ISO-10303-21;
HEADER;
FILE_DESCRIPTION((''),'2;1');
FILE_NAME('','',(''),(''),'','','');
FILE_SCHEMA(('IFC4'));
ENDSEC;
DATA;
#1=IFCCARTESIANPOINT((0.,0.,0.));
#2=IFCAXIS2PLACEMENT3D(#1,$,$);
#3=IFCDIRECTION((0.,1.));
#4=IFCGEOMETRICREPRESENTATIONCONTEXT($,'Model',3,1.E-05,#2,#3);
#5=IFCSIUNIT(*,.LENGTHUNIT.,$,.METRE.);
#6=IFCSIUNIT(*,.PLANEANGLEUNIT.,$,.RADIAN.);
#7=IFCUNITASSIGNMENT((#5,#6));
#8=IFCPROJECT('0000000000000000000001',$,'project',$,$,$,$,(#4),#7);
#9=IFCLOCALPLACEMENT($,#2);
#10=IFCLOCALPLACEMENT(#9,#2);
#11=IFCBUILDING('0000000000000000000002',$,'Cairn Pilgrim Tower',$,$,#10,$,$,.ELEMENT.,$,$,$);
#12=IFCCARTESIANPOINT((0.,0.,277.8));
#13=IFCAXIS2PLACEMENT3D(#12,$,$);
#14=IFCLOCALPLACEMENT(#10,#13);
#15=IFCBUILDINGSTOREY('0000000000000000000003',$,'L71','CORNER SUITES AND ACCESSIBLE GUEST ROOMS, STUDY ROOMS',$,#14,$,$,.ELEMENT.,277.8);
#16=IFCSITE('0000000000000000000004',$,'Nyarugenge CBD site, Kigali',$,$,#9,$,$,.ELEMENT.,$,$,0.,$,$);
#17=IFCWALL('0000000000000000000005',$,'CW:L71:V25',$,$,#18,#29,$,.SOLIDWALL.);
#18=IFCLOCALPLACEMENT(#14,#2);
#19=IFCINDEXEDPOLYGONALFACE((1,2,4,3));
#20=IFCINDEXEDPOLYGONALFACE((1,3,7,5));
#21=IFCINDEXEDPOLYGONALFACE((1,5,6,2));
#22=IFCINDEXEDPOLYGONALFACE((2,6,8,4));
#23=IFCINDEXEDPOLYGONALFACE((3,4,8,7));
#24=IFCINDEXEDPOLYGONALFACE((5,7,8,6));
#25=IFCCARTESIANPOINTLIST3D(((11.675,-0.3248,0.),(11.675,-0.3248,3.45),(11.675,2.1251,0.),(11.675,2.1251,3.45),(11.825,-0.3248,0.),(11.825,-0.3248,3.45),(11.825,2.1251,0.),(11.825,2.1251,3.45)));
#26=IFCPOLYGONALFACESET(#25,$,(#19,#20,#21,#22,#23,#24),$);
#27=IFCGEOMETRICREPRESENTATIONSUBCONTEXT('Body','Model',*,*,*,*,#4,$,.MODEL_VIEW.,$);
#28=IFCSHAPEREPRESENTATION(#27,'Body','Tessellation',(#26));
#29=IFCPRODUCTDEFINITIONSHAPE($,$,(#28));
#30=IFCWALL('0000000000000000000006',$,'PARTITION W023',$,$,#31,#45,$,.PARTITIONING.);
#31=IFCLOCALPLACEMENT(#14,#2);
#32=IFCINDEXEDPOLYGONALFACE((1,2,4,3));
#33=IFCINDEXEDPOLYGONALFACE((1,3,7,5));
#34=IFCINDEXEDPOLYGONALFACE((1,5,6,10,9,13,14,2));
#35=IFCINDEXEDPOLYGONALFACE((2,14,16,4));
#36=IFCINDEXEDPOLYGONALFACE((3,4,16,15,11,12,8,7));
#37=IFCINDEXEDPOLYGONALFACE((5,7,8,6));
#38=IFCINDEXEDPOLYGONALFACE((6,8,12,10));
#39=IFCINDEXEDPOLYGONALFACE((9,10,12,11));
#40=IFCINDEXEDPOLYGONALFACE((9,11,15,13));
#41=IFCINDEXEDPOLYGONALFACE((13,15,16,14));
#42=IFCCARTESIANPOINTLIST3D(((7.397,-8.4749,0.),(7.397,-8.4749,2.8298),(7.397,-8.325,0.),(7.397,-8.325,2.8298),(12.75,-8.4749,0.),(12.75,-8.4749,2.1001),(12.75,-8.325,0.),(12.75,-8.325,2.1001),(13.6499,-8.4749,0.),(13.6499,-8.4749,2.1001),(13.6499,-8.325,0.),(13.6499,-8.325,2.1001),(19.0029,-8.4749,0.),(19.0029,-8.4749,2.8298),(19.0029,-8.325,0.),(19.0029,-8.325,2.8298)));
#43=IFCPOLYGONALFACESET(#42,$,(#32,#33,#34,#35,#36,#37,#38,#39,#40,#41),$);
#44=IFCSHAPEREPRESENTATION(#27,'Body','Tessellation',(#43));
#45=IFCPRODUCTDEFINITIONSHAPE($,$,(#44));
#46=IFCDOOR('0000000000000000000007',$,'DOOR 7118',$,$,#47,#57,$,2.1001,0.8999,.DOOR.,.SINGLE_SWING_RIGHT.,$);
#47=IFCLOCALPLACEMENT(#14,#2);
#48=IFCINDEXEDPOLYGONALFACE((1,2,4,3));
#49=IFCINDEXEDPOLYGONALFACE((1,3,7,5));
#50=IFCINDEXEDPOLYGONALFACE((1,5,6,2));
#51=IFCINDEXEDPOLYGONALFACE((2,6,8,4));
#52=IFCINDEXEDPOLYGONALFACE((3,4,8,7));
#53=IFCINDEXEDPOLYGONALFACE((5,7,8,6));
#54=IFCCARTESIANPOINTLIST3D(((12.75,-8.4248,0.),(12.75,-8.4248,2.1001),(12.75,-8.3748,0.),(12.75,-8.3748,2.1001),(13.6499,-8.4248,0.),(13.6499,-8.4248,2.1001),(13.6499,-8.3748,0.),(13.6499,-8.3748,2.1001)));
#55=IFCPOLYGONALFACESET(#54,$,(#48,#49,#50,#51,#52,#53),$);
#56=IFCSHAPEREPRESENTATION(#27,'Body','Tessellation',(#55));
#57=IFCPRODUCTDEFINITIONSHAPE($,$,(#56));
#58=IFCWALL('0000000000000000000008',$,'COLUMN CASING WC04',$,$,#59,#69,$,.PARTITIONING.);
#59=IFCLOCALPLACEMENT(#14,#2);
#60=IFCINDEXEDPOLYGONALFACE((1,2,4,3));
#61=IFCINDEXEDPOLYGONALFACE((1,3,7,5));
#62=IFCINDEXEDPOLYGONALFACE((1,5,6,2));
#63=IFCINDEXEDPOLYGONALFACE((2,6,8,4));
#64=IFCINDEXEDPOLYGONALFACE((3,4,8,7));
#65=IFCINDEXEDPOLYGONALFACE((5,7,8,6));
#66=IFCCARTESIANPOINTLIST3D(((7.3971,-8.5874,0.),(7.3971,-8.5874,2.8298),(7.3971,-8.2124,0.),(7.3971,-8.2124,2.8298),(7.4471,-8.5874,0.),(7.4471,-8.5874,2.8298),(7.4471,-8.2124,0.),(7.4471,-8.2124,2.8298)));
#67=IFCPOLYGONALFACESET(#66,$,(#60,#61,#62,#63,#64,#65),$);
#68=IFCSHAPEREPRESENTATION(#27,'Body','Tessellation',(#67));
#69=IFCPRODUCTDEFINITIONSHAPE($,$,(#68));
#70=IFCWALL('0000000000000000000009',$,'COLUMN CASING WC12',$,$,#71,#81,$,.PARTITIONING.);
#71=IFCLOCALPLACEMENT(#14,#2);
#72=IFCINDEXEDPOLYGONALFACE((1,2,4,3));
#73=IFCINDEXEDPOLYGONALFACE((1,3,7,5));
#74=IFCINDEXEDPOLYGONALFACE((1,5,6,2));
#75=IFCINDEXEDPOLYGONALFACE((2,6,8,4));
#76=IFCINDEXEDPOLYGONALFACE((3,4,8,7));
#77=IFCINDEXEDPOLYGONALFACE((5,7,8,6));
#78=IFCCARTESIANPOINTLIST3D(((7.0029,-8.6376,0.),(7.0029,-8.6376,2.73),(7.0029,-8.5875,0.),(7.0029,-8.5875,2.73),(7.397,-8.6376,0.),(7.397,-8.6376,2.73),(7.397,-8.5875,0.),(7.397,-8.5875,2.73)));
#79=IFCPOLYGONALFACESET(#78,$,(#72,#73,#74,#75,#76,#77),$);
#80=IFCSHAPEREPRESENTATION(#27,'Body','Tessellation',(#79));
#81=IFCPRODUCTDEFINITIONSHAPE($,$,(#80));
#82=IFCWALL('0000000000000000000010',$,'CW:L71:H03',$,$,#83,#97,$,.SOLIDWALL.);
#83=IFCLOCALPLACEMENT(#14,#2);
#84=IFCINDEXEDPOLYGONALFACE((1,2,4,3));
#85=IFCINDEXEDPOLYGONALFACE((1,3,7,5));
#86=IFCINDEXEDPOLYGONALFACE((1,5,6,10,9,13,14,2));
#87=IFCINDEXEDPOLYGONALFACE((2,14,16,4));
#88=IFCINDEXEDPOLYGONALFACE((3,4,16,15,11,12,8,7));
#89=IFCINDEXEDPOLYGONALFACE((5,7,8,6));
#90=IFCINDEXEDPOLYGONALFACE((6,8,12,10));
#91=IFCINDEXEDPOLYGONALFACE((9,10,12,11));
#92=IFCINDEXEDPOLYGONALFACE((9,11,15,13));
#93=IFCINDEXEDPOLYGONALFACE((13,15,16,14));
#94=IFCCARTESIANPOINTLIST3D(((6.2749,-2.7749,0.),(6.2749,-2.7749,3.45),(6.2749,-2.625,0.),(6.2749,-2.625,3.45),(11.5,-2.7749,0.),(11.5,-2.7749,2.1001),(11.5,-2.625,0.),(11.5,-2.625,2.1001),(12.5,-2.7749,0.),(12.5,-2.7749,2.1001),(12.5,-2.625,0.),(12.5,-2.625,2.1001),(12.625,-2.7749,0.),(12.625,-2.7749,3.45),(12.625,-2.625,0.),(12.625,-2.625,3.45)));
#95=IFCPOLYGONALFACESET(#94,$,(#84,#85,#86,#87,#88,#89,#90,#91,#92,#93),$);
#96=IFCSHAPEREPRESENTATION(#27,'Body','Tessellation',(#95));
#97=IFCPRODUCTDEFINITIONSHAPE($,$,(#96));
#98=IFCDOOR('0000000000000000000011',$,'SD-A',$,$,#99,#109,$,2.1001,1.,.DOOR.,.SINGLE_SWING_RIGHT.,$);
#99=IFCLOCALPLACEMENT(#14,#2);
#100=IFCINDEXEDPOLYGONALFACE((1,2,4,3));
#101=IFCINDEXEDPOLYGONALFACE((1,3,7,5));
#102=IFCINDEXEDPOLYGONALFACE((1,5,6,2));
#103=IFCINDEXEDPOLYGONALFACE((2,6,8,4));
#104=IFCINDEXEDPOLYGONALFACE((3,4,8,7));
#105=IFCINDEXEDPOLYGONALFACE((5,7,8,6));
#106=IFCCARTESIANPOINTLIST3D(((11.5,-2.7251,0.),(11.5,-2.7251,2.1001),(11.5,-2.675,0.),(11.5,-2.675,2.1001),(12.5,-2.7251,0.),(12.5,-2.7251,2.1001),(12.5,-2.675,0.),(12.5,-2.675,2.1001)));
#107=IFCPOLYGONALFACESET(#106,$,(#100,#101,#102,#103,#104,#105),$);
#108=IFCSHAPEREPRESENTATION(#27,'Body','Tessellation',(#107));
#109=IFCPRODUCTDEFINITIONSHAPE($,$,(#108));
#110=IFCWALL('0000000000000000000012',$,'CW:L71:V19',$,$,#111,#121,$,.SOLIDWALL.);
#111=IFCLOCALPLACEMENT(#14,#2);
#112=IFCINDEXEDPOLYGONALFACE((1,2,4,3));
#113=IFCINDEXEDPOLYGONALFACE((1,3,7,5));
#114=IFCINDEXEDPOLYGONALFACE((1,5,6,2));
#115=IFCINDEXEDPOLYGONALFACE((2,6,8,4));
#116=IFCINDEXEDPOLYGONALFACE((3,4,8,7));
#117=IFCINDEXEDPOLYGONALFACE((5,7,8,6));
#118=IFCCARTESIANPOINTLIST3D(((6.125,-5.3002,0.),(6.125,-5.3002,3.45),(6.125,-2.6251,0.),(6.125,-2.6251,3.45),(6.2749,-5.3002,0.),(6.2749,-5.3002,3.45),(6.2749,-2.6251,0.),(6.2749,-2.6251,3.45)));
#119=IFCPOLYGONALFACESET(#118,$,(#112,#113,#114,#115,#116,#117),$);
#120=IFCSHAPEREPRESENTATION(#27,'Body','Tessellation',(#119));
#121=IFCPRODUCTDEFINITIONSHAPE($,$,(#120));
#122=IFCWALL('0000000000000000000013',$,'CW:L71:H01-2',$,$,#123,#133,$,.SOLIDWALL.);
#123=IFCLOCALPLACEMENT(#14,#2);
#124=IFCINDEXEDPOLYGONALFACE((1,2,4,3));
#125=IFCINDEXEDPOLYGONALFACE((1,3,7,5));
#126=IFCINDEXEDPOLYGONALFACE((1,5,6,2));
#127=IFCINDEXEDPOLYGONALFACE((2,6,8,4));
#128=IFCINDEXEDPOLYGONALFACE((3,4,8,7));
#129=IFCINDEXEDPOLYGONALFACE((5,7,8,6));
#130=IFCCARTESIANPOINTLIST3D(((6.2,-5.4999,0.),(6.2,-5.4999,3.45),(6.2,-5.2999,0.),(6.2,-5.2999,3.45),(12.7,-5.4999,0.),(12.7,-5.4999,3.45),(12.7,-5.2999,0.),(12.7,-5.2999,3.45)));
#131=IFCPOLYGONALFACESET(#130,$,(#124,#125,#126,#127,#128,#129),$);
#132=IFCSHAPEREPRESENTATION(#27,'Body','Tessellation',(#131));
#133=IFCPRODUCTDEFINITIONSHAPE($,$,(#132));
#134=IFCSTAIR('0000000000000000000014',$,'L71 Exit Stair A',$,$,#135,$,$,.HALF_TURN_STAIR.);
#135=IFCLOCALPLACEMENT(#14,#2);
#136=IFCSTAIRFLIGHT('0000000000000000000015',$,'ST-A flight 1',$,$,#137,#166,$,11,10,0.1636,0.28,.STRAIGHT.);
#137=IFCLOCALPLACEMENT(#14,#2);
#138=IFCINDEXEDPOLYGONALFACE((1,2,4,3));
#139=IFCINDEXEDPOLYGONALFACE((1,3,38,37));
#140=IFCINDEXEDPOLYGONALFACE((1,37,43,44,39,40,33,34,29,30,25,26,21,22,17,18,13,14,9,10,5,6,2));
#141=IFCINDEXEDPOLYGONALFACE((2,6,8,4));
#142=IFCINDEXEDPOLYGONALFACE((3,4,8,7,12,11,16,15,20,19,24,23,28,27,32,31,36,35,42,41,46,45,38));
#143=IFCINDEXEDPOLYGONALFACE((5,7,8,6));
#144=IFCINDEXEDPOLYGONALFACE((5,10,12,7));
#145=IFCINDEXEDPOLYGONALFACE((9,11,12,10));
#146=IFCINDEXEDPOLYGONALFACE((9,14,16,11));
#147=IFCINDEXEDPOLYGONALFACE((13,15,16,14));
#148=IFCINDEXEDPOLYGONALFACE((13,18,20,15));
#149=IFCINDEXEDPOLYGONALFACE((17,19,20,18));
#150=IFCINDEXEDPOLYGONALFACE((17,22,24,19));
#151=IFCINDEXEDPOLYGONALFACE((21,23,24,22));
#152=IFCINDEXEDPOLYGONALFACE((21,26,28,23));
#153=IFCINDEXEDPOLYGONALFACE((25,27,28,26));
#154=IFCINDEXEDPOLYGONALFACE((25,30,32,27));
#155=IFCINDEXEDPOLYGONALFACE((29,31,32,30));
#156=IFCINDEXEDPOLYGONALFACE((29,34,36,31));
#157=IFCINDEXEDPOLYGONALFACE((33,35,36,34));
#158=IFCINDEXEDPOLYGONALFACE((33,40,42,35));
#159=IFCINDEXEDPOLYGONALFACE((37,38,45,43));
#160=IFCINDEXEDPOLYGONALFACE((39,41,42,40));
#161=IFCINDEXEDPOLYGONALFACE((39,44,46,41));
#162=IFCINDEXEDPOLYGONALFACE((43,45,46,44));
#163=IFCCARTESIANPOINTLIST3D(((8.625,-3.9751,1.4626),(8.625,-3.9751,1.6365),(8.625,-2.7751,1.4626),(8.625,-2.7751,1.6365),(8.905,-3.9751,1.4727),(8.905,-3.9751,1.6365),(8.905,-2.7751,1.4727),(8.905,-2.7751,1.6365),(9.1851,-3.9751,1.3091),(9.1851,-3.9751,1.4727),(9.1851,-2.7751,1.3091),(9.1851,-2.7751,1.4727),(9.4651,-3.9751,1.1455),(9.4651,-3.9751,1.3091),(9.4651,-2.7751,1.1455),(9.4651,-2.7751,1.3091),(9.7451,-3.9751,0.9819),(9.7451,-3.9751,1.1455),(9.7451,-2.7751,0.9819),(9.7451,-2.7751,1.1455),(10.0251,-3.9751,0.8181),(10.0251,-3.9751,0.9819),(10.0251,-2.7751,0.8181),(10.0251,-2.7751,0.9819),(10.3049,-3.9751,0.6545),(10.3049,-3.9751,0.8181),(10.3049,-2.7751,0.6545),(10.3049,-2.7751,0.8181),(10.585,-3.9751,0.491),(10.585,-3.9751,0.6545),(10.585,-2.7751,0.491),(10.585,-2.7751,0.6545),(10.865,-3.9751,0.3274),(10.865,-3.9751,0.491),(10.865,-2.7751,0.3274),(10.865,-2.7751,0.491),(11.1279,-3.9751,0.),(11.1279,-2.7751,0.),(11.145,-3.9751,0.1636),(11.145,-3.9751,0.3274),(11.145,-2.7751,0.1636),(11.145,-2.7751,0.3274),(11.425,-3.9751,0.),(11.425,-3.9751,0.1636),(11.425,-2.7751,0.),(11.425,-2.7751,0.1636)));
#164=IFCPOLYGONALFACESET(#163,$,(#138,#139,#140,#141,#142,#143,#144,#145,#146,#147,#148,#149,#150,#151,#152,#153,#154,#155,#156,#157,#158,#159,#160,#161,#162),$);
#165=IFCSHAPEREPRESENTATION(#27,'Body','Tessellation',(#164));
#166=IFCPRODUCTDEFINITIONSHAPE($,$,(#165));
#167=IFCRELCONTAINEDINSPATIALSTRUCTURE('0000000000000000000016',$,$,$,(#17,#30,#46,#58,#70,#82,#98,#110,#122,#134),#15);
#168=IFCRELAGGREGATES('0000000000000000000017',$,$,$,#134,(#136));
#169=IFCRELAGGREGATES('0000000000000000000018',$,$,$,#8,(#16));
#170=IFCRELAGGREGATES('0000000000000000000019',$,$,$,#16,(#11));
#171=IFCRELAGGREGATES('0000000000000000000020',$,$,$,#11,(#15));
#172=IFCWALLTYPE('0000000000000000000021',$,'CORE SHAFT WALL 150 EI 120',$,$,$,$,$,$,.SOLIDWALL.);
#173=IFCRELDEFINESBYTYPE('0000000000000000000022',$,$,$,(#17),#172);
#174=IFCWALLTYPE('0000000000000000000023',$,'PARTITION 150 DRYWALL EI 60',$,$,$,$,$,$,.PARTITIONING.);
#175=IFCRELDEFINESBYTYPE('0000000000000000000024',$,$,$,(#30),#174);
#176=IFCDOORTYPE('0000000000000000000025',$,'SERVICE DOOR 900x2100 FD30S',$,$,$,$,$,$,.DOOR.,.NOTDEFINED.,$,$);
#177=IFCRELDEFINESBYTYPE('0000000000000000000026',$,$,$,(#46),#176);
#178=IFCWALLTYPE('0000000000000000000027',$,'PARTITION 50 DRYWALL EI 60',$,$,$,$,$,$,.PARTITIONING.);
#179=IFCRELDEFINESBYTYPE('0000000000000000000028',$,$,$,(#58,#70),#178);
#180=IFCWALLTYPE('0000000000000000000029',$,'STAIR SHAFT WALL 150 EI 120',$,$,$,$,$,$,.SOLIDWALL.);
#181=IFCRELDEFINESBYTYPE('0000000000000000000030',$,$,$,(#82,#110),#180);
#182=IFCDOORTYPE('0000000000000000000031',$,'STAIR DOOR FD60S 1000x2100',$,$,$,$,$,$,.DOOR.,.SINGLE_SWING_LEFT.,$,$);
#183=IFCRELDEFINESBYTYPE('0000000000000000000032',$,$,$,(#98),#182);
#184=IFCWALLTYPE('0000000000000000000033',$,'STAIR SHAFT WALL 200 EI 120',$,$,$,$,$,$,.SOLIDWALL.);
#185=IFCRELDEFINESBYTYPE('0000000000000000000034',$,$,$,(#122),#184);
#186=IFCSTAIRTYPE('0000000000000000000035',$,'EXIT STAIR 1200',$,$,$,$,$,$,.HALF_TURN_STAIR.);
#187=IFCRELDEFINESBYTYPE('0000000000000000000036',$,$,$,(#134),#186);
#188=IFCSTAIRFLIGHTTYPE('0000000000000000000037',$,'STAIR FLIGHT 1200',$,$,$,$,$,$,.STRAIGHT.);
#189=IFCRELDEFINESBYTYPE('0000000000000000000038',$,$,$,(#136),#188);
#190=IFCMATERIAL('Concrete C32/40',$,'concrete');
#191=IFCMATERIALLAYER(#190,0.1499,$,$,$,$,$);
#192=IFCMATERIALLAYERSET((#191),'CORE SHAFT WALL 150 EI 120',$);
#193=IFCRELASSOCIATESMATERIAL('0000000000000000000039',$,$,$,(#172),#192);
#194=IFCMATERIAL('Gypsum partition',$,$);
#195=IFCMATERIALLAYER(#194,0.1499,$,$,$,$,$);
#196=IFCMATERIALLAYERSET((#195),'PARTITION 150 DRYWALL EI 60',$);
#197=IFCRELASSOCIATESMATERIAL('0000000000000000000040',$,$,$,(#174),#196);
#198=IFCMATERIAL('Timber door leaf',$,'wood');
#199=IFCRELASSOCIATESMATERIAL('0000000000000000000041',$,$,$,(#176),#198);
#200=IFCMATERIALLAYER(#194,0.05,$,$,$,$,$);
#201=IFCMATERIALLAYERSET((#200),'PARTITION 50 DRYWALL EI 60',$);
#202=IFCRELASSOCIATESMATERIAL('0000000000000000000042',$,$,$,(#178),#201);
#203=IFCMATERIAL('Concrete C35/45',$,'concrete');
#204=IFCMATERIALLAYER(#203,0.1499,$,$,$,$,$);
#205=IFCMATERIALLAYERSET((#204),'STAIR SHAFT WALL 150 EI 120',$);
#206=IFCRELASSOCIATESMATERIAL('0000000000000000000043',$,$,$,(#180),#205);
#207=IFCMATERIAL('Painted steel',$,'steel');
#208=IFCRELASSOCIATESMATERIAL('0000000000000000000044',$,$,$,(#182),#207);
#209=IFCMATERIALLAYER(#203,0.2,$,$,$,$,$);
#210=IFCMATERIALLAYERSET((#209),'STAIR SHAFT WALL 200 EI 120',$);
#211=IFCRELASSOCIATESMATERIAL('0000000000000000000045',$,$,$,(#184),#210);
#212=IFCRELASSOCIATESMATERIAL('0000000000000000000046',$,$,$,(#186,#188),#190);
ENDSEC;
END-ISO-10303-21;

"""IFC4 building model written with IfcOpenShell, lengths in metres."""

from ifc_helpers import new_model, si_unit, direction, frame, frame_2d, origin, place, context, subcontext, project, spatial, polyline, rectangle, outline, extrude, material, layer, layer_set, type_object, element, fill, aggregate, save


model = new_model("IFC4")

# Units and contexts
model_context = context("Model", 3, precision=1e-05, world=origin(), true_north=direction((0.0, 1.0)))
body_context = subcontext(model_context, "Body", "Model", "MODEL_VIEW")
ifc_project = project(units=[si_unit("LENGTHUNIT", "METRE"), si_unit("PLANEANGLEUNIT", "RADIAN")], contexts=[model_context])

# Site, building, storey
site_placement = place(None, origin())
site = spatial("IfcSite", under=ifc_project, at=site_placement, Name="Nyarugenge CBD site, Kigali", CompositionType="ELEMENT", RefElevation=0.0)
building_placement = place(site_placement, origin())
building = spatial("IfcBuilding", under=site, at=building_placement, Name="Cairn Pilgrim Tower", CompositionType="ELEMENT")
storey_placement = place(building_placement, frame((0.0, 0.0, 277.8)))
storey = spatial("IfcBuildingStorey", under=building, at=storey_placement, Name="L71", Description="CORNER SUITES AND ACCESSIBLE GUEST ROOMS, STUDY ROOMS", CompositionType="ELEMENT", Elevation=277.8)

# Shared definitions
ifc_material_1 = material(Name="Concrete C32/40", Category="concrete")

# Shared definitions
ifc_layer_1 = layer(ifc_material_1, 0.1499)
ifc_layer_set_1 = layer_set([ifc_layer_1], Name="CORE SHAFT WALL 150 EI 120")
wall_type_1 = type_object("IfcWallType", Name="CORE SHAFT WALL 150 EI 120", PredefinedType="SOLIDWALL", material=ifc_layer_set_1)

# Wall
wall_1_placement = place(storey_placement, frame((11.75, -0.325, 0.0), z_axis=(0.0, 0.0, 1.0), x_axis=(0.0, 1.0, 0.0)))
element("IfcWall", 1, at=wall_1_placement, inside=storey, type_object=wall_type_1, Name="CW:L71:V25", PredefinedType="SOLIDWALL", context=body_context, shape_type="SweptSolid", body=[
    extrude(rectangle(XDim=2.45, YDim=0.1499, at=frame_2d((1.2251, 0.0))), origin(), (0.0, 0.0, 1.0), 3.45),
])

# Wall, opening, door
ifc_material_2 = material(Name="Gypsum partition")
ifc_layer_2 = layer(ifc_material_2, 0.1499)
ifc_layer_set_2 = layer_set([ifc_layer_2], Name="PARTITION 150 DRYWALL EI 60")
wall_type_2 = type_object("IfcWallType", Name="PARTITION 150 DRYWALL EI 60", PredefinedType="PARTITIONING", material=ifc_layer_set_2)
wall_2_placement = place(storey_placement, frame((7.397, -8.3999, 0.0), z_axis=(0.0, 0.0, 1.0), x_axis=(1.0, 0.0, 0.0)))
wall_2 = element("IfcWall", 2, at=wall_2_placement, inside=storey, type_object=wall_type_2, Name="PARTITION W023", PredefinedType="PARTITIONING", context=body_context, shape_type="SweptSolid", body=[
    extrude(rectangle(XDim=11.606, YDim=0.1499, at=frame_2d((5.803, 0.0))), origin(), (0.0, 0.0, 1.0), 2.8298),
])
opening_1_placement = place(wall_2_placement, frame((5.353, 0.0, 0.0)))
opening_1 = element("IfcOpeningElement", 3, at=opening_1_placement, cuts=wall_2, PredefinedType="OPENING", context=body_context, shape_type="SweptSolid", body=[
    extrude(rectangle(XDim=0.8999, YDim=2.1001, at=frame_2d((0.45, 1.05))), frame((0.0, 0.085, 0.0), z_axis=(0.0, -1.0, 0.0), x_axis=(1.0, 0.0, 0.0)), (0.0, 0.0, 1.0), 0.1699),
])
ifc_material_3 = material(Name="Timber door leaf", Category="wood")
door_type_1 = type_object("IfcDoorType", Name="SERVICE DOOR 900x2100 FD30S", OperationType="NOTDEFINED", PredefinedType="DOOR", material=ifc_material_3)
door_1_placement = place(opening_1_placement, frame((0.8999, 0.0, 0.0), z_axis=(0.0, 0.0, 1.0), x_axis=(-1.0, 0.0, 0.0)))
door_1 = element("IfcDoor", 4, at=door_1_placement, inside=storey, type_object=door_type_1, Name="DOOR 7118", OperationType="SINGLE_SWING_RIGHT", OverallHeight=2.1001, OverallWidth=0.8999, PredefinedType="DOOR", context=body_context, shape_type="SweptSolid", body=[
    extrude(rectangle(XDim=0.8999, YDim=2.1001, at=frame_2d((0.45, 1.05))), frame((0.0, 0.0249, 0.0), z_axis=(0.0, -1.0, 0.0), x_axis=(1.0, 0.0, 0.0)), (0.0, 0.0, 1.0), 0.05),
])
fill(opening_1, door_1)

# Walls
ifc_layer_3 = layer(ifc_material_2, 0.05)
ifc_layer_set_3 = layer_set([ifc_layer_3], Name="PARTITION 50 DRYWALL EI 60")
wall_type_3 = type_object("IfcWallType", Name="PARTITION 50 DRYWALL EI 60", PredefinedType="PARTITIONING", material=ifc_layer_set_3)
wall_3_placement = place(storey_placement, frame((7.4221, -8.5874, 0.0), z_axis=(0.0, 0.0, 1.0), x_axis=(0.0, 1.0, 0.0)))
element("IfcWall", 5, at=wall_3_placement, inside=storey, type_object=wall_type_3, Name="COLUMN CASING WC04", PredefinedType="PARTITIONING", context=body_context, shape_type="SweptSolid", body=[
    extrude(rectangle(XDim=0.375, YDim=0.05, at=frame_2d((0.1875, 0.0))), origin(), (0.0, 0.0, 1.0), 2.8298),
])
wall_4_placement = place(storey_placement, frame((7.0029, -8.6125, 0.0), z_axis=(0.0, 0.0, 1.0), x_axis=(1.0, 0.0, 0.0)))
element("IfcWall", 6, at=wall_4_placement, inside=storey, type_object=wall_type_3, Name="COLUMN CASING WC12", PredefinedType="PARTITIONING", context=body_context, shape_type="SweptSolid", body=[
    extrude(rectangle(XDim=0.394, YDim=0.05, at=frame_2d((0.197, 0.0))), origin(), (0.0, 0.0, 1.0), 2.73),
])

# Wall, opening, door
ifc_material_4 = material(Name="Concrete C35/45", Category="concrete")
ifc_layer_4 = layer(ifc_material_4, 0.1499)
ifc_layer_set_4 = layer_set([ifc_layer_4], Name="STAIR SHAFT WALL 150 EI 120")
wall_type_4 = type_object("IfcWallType", Name="STAIR SHAFT WALL 150 EI 120", PredefinedType="SOLIDWALL", material=ifc_layer_set_4)
wall_5_placement = place(storey_placement, frame((6.2749, -2.7, 0.0), z_axis=(0.0, 0.0, 1.0), x_axis=(1.0, 0.0, 0.0)))
wall_5 = element("IfcWall", 7, at=wall_5_placement, inside=storey, type_object=wall_type_4, Name="CW:L71:H03", PredefinedType="SOLIDWALL", context=body_context, shape_type="SweptSolid", body=[
    extrude(rectangle(XDim=6.3501, YDim=0.1499, at=frame_2d((3.175, 0.0))), origin(), (0.0, 0.0, 1.0), 3.45),
])
opening_2_placement = place(wall_5_placement, frame((5.2251, 0.0, 0.0)))
opening_2 = element("IfcOpeningElement", 8, at=opening_2_placement, cuts=wall_5, PredefinedType="OPENING", context=body_context, shape_type="SweptSolid", body=[
    extrude(rectangle(XDim=1.0, YDim=2.1001, at=frame_2d((0.5, 1.05))), frame((0.0, 0.085, 0.0), z_axis=(0.0, -1.0, 0.0), x_axis=(1.0, 0.0, 0.0)), (0.0, 0.0, 1.0), 0.1699),
])
ifc_material_5 = material(Name="Painted steel", Category="steel")
door_type_2 = type_object("IfcDoorType", Name="STAIR DOOR FD60S 1000x2100", OperationType="SINGLE_SWING_LEFT", PredefinedType="DOOR", material=ifc_material_5)
door_2_placement = place(opening_2_placement, origin())
door_2 = element("IfcDoor", 9, at=door_2_placement, inside=storey, type_object=door_type_2, Name="SD-A", OperationType="SINGLE_SWING_RIGHT", OverallHeight=2.1001, OverallWidth=1.0, PredefinedType="DOOR", context=body_context, shape_type="SweptSolid", body=[
    extrude(rectangle(XDim=1.0, YDim=2.1001, at=frame_2d((0.5, 1.05))), frame((0.0, 0.0249, 0.0), z_axis=(0.0, -1.0, 0.0), x_axis=(1.0, 0.0, 0.0)), (0.0, 0.0, 1.0), 0.05),
])
fill(opening_2, door_2)

# Walls
wall_6_placement = place(storey_placement, frame((6.2, -5.3, 0.0), z_axis=(0.0, 0.0, 1.0), x_axis=(0.0, 1.0, 0.0)))
element("IfcWall", 10, at=wall_6_placement, inside=storey, type_object=wall_type_4, Name="CW:L71:V19", PredefinedType="SOLIDWALL", context=body_context, shape_type="SweptSolid", body=[
    extrude(rectangle(XDim=2.675, YDim=0.1499, at=frame_2d((1.3374, 0.0))), origin(), (0.0, 0.0, 1.0), 3.45),
])
ifc_layer_5 = layer(ifc_material_4, 0.2)
ifc_layer_set_5 = layer_set([ifc_layer_5], Name="STAIR SHAFT WALL 200 EI 120")
wall_type_5 = type_object("IfcWallType", Name="STAIR SHAFT WALL 200 EI 120", PredefinedType="SOLIDWALL", material=ifc_layer_set_5)
wall_7_placement = place(storey_placement, frame((6.2, -5.3999, 0.0), z_axis=(0.0, 0.0, 1.0), x_axis=(1.0, 0.0, 0.0)))
element("IfcWall", 11, at=wall_7_placement, inside=storey, type_object=wall_type_5, Name="CW:L71:H01-2", PredefinedType="SOLIDWALL", context=body_context, shape_type="SweptSolid", body=[
    extrude(rectangle(XDim=6.5, YDim=0.2, at=frame_2d((3.25, 0.0))), origin(), (0.0, 0.0, 1.0), 3.45),
])

# Stair, stair flight
stair_type = type_object("IfcStairType", Name="EXIT STAIR 1200", PredefinedType="HALF_TURN_STAIR", material=ifc_material_1)
stair_placement = place(storey_placement, origin())
stair = element("IfcStair", 12, at=stair_placement, inside=storey, type_object=stair_type, Name="L71 Exit Stair A", PredefinedType="HALF_TURN_STAIR")
stair_flight_type = type_object("IfcStairFlightType", Name="STAIR FLIGHT 1200", PredefinedType="STRAIGHT", material=ifc_material_1)
stair_flight_1_placement = place(storey_placement, frame((11.425, -3.375, 0.0), z_axis=(0.0, 0.0, 1.0), x_axis=(-1.0, 0.0, 0.0)))
stair_flight_1 = element("IfcStairFlight", 13, at=stair_flight_1_placement, type_object=stair_flight_type, Name="ST-A flight 1", NumberOfRisers=11, NumberOfTreads=10, PredefinedType="STRAIGHT", RiserHeight=0.1636, TreadLength=0.28, context=body_context, shape_type="SweptSolid", body=[
    extrude(outline(polyline([(0.0, 0.0), (0.0, 0.1636), (0.28, 0.1636), (0.28, 0.3274), (0.5601, 0.3274), (0.5601, 0.491), (0.8401, 0.491), (0.8401, 0.6545), (1.1201, 0.6545), (1.1201, 0.8181), (1.3999, 0.8181), (1.3999, 0.9819), (1.6799, 0.9819), (1.6799, 1.1455), (1.96, 1.1455), (1.96, 1.3091), (2.24, 1.3091), (2.24, 1.4727), (2.52, 1.4727), (2.52, 1.6365), (2.8, 1.6365), (2.8, 1.8), (2.8, 1.4626), (0.2971, 0.0), (0.0, 0.0)])), frame((0.0, 0.6001, 0.0), z_axis=(0.0, -1.0, 0.0), x_axis=(1.0, 0.0, 0.0)), (0.0, 0.0, 1.0), 1.2),
])
aggregate(stair, [stair_flight_1])

save(model, "model.ifc")
